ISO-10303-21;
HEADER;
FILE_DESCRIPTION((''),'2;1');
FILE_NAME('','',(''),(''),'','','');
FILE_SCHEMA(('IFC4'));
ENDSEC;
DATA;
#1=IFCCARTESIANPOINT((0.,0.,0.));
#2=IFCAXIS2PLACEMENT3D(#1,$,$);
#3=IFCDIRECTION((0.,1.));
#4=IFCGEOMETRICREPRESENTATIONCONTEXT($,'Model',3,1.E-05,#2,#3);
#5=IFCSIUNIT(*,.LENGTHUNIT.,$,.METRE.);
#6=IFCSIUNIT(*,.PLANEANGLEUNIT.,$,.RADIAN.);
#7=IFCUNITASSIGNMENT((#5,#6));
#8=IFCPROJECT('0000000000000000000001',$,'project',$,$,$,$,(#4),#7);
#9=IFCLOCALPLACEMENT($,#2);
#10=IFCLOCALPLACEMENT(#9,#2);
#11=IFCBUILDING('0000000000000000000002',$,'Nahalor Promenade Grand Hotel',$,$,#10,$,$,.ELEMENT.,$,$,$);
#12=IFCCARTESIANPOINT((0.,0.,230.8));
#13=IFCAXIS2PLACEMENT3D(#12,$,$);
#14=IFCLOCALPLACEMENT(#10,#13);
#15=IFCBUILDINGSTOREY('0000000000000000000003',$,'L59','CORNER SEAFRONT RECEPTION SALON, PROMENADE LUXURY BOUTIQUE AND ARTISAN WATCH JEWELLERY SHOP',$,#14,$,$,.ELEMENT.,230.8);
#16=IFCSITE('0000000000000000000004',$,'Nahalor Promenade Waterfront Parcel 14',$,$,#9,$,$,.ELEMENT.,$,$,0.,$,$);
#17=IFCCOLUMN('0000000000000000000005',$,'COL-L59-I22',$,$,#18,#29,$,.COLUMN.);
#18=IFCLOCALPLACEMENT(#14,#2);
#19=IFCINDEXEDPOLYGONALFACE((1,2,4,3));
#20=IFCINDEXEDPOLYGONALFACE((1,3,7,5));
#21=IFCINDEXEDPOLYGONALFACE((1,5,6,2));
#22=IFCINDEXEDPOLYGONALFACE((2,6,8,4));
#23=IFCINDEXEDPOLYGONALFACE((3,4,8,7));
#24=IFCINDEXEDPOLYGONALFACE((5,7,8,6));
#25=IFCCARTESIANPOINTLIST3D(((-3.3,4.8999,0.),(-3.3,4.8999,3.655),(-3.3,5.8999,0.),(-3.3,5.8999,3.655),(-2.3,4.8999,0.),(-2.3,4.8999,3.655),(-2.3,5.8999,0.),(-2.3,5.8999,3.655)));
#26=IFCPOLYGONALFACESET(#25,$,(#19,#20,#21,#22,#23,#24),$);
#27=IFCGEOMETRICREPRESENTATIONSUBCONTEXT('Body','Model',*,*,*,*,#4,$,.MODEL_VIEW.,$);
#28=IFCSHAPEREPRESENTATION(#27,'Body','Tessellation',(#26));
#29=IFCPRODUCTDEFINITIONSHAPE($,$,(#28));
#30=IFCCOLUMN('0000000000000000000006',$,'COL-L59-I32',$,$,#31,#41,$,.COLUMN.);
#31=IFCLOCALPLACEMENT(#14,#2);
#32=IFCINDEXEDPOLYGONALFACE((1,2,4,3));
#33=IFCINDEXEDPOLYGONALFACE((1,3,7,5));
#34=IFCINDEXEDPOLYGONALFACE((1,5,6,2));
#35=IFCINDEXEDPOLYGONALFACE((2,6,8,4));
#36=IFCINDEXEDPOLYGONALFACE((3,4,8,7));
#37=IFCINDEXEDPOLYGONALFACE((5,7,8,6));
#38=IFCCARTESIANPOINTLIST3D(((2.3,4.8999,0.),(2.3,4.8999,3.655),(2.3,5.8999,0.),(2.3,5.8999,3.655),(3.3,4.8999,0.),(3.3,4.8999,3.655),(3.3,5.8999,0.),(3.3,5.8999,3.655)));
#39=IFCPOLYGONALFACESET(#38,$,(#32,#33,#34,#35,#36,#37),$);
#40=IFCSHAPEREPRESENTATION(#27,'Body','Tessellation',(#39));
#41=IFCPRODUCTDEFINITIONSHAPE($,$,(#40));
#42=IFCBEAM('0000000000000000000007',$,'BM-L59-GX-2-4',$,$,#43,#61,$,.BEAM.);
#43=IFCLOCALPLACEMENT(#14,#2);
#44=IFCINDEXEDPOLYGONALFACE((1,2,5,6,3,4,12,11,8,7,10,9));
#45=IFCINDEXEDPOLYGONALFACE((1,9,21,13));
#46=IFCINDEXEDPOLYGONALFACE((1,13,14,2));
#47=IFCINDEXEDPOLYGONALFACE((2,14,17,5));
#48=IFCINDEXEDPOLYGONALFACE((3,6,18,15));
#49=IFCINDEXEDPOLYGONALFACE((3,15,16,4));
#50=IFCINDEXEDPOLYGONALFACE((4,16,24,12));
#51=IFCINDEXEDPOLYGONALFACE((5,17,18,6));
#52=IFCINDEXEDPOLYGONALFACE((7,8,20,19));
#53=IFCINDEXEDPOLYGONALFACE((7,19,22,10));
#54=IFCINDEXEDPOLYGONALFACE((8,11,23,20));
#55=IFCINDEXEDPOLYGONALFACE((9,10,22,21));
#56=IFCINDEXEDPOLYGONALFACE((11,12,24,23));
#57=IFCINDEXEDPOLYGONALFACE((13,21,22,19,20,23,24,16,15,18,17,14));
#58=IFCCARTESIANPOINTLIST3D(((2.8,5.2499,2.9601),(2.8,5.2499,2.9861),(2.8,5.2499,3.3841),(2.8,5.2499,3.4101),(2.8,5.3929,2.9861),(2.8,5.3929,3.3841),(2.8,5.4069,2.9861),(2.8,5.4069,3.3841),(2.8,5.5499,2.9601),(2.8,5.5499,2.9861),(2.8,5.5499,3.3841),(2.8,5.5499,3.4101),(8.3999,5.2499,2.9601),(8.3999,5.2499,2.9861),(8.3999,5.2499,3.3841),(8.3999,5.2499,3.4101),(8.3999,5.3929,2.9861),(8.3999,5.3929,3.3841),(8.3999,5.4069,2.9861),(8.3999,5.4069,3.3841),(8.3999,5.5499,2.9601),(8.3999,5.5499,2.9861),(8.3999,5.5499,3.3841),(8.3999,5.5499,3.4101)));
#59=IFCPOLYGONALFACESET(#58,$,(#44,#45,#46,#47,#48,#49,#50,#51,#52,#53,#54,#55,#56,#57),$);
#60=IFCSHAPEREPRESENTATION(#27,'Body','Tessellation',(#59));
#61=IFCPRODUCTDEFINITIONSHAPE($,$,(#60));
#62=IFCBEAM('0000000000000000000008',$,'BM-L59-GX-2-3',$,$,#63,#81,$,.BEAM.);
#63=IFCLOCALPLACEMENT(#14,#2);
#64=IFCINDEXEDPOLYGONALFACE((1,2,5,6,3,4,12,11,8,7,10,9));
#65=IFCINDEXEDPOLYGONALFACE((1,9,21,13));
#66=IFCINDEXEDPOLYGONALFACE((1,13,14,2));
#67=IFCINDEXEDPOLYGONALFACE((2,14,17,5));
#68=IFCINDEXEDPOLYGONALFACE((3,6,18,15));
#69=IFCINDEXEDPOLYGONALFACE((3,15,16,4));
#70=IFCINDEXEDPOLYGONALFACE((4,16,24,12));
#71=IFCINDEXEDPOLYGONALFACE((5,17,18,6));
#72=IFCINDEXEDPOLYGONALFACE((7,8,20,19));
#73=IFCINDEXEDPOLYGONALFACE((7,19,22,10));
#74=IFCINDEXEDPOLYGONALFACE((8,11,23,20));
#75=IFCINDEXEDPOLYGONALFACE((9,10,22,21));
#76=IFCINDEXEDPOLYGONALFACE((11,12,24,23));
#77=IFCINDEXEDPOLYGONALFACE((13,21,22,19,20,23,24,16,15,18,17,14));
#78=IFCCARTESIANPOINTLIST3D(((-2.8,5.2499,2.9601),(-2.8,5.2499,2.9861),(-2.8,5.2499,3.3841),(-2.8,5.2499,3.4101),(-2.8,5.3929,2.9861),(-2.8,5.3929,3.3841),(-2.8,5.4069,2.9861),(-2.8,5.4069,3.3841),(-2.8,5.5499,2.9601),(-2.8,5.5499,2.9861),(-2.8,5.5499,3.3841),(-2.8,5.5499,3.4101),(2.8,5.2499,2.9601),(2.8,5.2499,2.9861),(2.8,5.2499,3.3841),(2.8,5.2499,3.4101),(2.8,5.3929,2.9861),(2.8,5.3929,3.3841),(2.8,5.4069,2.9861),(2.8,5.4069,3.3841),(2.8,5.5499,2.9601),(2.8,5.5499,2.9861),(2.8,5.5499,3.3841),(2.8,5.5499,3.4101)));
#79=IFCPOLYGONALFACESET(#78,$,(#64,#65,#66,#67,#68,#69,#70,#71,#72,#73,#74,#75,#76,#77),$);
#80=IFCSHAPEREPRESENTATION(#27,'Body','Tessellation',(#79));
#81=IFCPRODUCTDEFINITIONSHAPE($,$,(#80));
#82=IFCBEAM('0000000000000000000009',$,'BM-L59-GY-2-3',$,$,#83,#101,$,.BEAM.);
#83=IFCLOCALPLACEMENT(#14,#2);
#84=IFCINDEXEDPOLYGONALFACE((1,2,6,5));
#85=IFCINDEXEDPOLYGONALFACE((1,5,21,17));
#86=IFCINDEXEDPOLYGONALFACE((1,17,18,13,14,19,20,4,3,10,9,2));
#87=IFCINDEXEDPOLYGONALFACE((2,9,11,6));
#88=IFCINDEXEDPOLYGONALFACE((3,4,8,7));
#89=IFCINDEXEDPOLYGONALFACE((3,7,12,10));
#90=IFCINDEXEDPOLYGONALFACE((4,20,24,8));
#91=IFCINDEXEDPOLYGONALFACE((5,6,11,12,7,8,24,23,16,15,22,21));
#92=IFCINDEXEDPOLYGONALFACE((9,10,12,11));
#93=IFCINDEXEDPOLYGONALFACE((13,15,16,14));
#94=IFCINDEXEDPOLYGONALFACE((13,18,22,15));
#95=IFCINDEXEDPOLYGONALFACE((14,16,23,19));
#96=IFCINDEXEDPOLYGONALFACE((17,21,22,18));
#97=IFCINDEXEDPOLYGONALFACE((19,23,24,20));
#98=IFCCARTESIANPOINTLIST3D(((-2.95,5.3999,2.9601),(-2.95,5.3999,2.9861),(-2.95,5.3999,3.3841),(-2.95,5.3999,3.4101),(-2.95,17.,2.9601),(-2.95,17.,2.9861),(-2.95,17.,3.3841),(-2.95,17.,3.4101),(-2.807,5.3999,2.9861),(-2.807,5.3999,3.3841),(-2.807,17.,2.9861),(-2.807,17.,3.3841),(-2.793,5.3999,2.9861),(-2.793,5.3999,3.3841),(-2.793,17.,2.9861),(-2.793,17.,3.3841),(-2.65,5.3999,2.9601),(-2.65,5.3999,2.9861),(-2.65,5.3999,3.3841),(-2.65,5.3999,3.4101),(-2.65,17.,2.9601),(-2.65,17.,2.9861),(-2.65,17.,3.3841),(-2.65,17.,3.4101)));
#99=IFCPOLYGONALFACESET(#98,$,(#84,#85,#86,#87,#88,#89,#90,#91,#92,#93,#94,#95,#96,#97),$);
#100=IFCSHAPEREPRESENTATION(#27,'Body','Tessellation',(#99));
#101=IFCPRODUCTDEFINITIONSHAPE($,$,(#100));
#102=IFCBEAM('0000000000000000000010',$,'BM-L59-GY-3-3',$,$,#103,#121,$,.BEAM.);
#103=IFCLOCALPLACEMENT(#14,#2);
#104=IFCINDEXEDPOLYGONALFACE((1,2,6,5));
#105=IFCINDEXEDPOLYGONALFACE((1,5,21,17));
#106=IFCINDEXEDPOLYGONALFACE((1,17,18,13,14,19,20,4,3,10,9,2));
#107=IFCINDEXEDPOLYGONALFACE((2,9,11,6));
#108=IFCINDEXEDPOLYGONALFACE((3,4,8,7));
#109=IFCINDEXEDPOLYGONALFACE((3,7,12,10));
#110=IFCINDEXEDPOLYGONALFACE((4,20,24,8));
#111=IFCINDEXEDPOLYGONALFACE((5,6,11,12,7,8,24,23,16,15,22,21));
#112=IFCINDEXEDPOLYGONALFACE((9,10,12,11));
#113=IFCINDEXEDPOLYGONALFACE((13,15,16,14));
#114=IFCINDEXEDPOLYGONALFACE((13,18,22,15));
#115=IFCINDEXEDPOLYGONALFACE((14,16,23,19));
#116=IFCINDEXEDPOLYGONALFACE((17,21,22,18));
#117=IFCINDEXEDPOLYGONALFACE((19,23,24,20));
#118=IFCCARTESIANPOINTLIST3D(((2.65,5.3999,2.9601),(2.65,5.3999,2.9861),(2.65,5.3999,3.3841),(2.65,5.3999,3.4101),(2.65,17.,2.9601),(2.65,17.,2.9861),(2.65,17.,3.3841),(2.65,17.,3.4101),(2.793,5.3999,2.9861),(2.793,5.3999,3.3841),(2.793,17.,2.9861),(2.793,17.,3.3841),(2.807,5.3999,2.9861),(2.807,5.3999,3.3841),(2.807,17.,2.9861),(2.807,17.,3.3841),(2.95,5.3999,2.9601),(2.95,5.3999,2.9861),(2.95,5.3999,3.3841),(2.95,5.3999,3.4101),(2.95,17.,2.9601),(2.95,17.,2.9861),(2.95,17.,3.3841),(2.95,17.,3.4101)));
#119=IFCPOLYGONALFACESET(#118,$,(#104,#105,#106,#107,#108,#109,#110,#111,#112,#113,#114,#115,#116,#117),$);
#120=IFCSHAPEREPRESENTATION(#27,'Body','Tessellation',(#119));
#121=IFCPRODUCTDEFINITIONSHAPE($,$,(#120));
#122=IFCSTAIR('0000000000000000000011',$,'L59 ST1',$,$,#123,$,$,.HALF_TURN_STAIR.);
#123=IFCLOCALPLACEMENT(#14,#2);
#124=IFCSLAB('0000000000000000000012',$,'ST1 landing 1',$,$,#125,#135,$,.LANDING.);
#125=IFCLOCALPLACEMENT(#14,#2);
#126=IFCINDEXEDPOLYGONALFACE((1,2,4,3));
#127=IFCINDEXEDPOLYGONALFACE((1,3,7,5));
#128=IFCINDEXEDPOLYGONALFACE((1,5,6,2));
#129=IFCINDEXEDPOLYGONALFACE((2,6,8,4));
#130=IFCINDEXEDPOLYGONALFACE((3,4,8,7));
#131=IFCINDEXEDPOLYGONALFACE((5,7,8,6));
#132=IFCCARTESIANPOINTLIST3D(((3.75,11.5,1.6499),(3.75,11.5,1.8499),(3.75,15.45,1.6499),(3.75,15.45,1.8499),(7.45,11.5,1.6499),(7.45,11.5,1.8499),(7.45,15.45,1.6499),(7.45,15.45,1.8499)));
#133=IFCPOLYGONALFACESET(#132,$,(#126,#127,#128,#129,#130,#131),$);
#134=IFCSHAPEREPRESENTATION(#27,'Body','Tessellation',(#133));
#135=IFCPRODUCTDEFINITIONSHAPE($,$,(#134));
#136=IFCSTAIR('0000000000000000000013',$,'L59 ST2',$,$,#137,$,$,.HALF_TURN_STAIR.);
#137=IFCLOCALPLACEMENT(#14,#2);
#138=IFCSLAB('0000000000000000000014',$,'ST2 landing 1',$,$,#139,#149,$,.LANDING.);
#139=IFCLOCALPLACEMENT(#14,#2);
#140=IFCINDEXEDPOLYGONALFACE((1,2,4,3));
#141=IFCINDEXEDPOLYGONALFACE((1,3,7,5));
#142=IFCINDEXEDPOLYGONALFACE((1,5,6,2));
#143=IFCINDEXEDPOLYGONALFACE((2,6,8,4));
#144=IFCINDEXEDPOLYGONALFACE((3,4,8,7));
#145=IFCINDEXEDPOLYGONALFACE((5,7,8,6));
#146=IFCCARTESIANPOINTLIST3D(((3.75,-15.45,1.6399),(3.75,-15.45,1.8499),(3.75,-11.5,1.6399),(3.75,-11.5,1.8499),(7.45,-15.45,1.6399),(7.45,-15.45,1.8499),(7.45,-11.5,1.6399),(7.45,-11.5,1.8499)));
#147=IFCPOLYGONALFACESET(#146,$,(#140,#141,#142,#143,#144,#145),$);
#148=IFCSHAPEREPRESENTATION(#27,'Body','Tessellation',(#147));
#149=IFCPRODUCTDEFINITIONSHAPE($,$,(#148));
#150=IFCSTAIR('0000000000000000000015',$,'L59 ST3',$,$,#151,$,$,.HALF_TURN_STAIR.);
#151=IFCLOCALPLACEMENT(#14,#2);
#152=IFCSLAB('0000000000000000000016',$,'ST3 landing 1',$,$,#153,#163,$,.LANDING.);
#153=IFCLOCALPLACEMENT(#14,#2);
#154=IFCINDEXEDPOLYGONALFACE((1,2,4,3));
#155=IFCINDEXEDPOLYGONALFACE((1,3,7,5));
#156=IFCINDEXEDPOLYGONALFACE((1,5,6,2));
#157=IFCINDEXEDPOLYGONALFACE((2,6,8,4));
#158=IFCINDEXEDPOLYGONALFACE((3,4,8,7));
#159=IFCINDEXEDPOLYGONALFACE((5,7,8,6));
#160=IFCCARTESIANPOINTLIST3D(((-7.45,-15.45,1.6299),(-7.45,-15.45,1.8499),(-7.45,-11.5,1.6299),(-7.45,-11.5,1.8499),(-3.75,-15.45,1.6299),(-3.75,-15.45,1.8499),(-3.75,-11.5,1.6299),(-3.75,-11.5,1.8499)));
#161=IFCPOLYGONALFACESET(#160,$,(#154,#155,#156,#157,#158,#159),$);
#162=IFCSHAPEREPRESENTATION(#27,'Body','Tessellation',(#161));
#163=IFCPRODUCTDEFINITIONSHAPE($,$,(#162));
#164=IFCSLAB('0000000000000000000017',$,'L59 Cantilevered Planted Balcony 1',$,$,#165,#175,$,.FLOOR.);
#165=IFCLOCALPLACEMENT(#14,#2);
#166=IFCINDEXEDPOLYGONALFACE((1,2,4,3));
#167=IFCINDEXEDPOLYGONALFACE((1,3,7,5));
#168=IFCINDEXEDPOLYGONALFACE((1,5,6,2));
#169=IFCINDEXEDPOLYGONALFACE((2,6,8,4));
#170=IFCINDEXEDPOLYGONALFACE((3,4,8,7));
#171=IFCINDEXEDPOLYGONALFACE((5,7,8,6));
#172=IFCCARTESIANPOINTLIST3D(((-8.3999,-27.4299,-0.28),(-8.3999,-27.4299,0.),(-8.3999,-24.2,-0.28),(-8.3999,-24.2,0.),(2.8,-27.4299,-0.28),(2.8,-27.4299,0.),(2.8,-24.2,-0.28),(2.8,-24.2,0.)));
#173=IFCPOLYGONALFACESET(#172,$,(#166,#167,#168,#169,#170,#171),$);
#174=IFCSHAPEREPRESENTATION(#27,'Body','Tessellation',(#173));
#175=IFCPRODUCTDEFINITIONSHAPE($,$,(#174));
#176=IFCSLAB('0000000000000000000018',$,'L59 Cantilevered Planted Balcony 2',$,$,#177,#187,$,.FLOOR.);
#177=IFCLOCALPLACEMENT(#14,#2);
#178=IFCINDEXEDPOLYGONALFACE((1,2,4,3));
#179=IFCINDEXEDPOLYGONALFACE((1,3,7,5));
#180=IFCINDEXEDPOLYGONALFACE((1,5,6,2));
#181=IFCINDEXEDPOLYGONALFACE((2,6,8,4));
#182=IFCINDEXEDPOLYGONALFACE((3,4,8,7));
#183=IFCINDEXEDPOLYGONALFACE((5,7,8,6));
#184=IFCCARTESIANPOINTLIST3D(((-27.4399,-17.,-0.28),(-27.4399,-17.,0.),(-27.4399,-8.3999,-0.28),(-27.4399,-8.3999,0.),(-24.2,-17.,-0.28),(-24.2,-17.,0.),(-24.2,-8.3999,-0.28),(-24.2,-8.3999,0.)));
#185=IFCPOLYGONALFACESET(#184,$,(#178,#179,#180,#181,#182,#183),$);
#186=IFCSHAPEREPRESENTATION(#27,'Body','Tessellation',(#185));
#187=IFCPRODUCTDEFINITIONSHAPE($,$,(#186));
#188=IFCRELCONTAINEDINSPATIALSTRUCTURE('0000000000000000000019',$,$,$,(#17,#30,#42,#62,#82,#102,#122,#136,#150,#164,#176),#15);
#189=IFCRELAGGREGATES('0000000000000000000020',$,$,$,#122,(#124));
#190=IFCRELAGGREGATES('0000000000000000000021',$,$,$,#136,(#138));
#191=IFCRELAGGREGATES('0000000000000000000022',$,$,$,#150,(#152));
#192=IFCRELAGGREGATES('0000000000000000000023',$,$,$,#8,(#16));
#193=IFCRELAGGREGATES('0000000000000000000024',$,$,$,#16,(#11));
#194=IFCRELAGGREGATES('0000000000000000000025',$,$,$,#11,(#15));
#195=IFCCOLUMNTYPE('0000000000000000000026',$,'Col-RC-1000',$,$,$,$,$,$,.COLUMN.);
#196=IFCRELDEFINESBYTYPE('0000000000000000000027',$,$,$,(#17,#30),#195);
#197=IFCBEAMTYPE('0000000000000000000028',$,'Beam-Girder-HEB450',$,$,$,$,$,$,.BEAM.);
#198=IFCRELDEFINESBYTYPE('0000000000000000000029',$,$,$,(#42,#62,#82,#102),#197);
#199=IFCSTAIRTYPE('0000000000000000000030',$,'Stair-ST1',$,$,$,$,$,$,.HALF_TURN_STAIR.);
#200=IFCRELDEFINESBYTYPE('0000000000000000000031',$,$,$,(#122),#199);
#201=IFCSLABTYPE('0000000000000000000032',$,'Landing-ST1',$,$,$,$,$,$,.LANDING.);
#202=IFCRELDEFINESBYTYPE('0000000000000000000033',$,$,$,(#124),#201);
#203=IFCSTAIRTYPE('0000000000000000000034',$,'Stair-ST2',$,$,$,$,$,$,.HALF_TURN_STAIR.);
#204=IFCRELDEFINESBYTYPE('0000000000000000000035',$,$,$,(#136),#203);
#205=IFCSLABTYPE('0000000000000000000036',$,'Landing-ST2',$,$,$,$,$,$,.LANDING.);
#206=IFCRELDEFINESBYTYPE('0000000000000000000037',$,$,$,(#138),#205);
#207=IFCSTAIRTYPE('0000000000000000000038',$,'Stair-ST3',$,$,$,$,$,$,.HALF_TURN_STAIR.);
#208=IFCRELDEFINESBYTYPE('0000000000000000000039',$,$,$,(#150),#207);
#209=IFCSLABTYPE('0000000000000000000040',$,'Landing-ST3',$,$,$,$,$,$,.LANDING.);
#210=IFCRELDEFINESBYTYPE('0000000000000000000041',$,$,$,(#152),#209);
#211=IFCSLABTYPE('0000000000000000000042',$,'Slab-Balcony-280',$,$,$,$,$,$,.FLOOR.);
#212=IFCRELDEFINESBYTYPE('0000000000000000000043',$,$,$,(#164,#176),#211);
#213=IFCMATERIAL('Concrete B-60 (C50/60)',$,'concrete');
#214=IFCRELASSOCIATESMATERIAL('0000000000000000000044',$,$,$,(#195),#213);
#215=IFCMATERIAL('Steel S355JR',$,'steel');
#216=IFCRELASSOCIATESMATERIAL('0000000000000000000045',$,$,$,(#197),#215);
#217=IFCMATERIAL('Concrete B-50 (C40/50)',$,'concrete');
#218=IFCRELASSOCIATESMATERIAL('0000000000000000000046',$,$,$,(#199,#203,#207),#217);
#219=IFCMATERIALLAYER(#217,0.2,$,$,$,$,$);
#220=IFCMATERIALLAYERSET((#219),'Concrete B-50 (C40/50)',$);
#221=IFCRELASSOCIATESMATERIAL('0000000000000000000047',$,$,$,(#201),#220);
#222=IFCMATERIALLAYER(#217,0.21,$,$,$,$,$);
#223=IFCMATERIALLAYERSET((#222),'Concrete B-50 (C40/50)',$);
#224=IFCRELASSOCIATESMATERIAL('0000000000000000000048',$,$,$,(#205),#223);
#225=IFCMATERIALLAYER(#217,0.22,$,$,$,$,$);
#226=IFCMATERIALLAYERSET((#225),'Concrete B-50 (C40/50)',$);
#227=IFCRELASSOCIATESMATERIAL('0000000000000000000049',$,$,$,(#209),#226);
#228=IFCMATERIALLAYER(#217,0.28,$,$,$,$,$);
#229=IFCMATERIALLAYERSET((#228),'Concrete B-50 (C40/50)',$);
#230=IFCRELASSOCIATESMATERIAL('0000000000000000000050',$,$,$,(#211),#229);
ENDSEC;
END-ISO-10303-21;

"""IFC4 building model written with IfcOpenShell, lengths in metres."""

from ifc_helpers import new_model, si_unit, direction, frame, origin, origin_2d, place, context, subcontext, project, spatial, polyline, rectangle, i_section, outline, extrude, source, transform, mapped, material, layer, layer_set, material_profile, profile_set, type_object, element, aggregate, save


model = new_model("IFC4")

# Units and contexts
model_context = context("Model", 3, precision=1e-05, world=origin(), true_north=direction((0.0, 1.0)))
body_context = subcontext(model_context, "Body", "Model", "MODEL_VIEW")
ifc_project = project(units=[si_unit("LENGTHUNIT", "METRE"), si_unit("PLANEANGLEUNIT", "RADIAN")], contexts=[model_context])

# Site, building, storey
site_placement = place(None, origin())
site = spatial("IfcSite", under=ifc_project, at=site_placement, Name="Nahalor Promenade Waterfront Parcel 14", CompositionType="ELEMENT", RefElevation=0.0)
building_placement = place(site_placement, origin())
building = spatial("IfcBuilding", under=site, at=building_placement, Name="Nahalor Promenade Grand Hotel", CompositionType="ELEMENT")
storey_placement = place(building_placement, frame((0.0, 0.0, 230.8)))
storey = spatial("IfcBuildingStorey", under=building, at=storey_placement, Name="L59", Description="CORNER SEAFRONT RECEPTION SALON, PROMENADE LUXURY BOUTIQUE AND ARTISAN WATCH JEWELLERY SHOP", CompositionType="ELEMENT", Elevation=230.8)

# Columns
ifc_material_1 = material(Name="Concrete B-60 (C50/60)", Category="concrete")
ifc_material_profile_1 = material_profile(ifc_material_1, rectangle(XDim=1.0, YDim=1.0, at=origin_2d()), Name="RC 1000x1000")
ifc_profile_set_1 = profile_set([ifc_material_profile_1], Name="Concrete B-60 (C50/60)")
column_type = type_object("IfcColumnType", Name="Col-RC-1000", PredefinedType="COLUMN", material=ifc_profile_set_1)
shared_shape_1 = source(origin(), body_context, "Body", "SweptSolid", [
    extrude(rectangle(XDim=1.0, YDim=1.0, at=origin_2d()), origin(), (0.0, 0.0, 1.0), 3.655),
])
for number, where, z_axis, x_axis, name in (
    (1, (-2.8, 5.3999, 0.0), (0.0, 0.0, 1.0), (1.0, 0.0, 0.0), "COL-L59-I22"),
    (2, (2.8, 5.3999, 0.0), (0.0, 0.0, 1.0), (1.0, 0.0, 0.0), "COL-L59-I32"),
):
    element("IfcColumn", number, at=place(storey_placement, frame(where, z_axis=z_axis, x_axis=x_axis)), inside=storey, type_object=column_type, Name=name, PredefinedType="COLUMN", context=body_context, shape_type="MappedRepresentation", body=[
        mapped(shared_shape_1, transform((0.0, 0.0, 0.0), scale=1.0)),
    ])

# Beams
ifc_material_2 = material(Name="Steel S355JR", Category="steel")
ifc_material_profile_2 = material_profile(ifc_material_2, i_section(OverallWidth=0.3, OverallDepth=0.45, WebThickness=0.014, FlangeThickness=0.026, at=origin_2d()), Name="HEB 450")
ifc_profile_set_2 = profile_set([ifc_material_profile_2], Name="Steel S355JR")
beam_type = type_object("IfcBeamType", Name="Beam-Girder-HEB450", PredefinedType="BEAM", material=ifc_profile_set_2)
shared_shape_2 = source(origin(), body_context, "Body", "SweptSolid", [
    extrude(i_section(OverallWidth=0.3, OverallDepth=0.45, WebThickness=0.014, FlangeThickness=0.026, at=origin_2d()), origin(), (0.0, 0.0, 1.0), 5.5999),
])
beam_1_placement = place(storey_placement, frame((2.8, 5.3999, 3.1851), z_axis=(1.0, 0.0, 0.0), x_axis=(0.0, 1.0, 0.0)))
element("IfcBeam", 3, at=beam_1_placement, inside=storey, type_object=beam_type, Name="BM-L59-GX-2-4", PredefinedType="BEAM", context=body_context, shape_type="MappedRepresentation", body=[
    mapped(shared_shape_2, transform((0.0, 0.0, 0.0), scale=1.0)),
])
shared_shape_3 = source(origin(), body_context, "Body", "SweptSolid", [
    extrude(i_section(OverallWidth=0.3, OverallDepth=0.45, WebThickness=0.014, FlangeThickness=0.026, at=origin_2d()), origin(), (0.0, 0.0, 1.0), 5.6001),
])
beam_2_placement = place(storey_placement, frame((-2.8, 5.3999, 3.1851), z_axis=(1.0, 0.0, 0.0), x_axis=(0.0, 1.0, 0.0)))
element("IfcBeam", 4, at=beam_2_placement, inside=storey, type_object=beam_type, Name="BM-L59-GX-2-3", PredefinedType="BEAM", context=body_context, shape_type="MappedRepresentation", body=[
    mapped(shared_shape_3, transform((0.0, 0.0, 0.0), scale=1.0)),
])
shared_shape_4 = source(origin(), body_context, "Body", "SweptSolid", [
    extrude(i_section(OverallWidth=0.3, OverallDepth=0.45, WebThickness=0.014, FlangeThickness=0.026, at=origin_2d()), origin(), (0.0, 0.0, 1.0), 11.6001),
])
for number, where, z_axis, x_axis, name in (
    (5, (-2.8, 5.3999, 3.1851), (0.0, 1.0, 0.0), (-1.0, 0.0, 0.0), "BM-L59-GY-2-3"),
    (6, (2.8, 5.3999, 3.1851), (0.0, 1.0, 0.0), (-1.0, 0.0, 0.0), "BM-L59-GY-3-3"),
):
    element("IfcBeam", number, at=place(storey_placement, frame(where, z_axis=z_axis, x_axis=x_axis)), inside=storey, type_object=beam_type, Name=name, PredefinedType="BEAM", context=body_context, shape_type="MappedRepresentation", body=[
        mapped(shared_shape_4, transform((0.0, 0.0, 0.0), scale=1.0)),
    ])

# Stairs, slabs
ifc_material_3 = material(Name="Concrete B-50 (C40/50)", Category="concrete")
stair_type_1 = type_object("IfcStairType", Name="Stair-ST1", PredefinedType="HALF_TURN_STAIR", material=ifc_material_3)
stair_1_placement = place(storey_placement, origin())
stair_1 = element("IfcStair", 7, at=stair_1_placement, inside=storey, type_object=stair_type_1, Name="L59 ST1", PredefinedType="HALF_TURN_STAIR")
ifc_layer_1 = layer(ifc_material_3, 0.2)
ifc_layer_set_1 = layer_set([ifc_layer_1], Name="Concrete B-50 (C40/50)")
slab_type_1 = type_object("IfcSlabType", Name="Landing-ST1", PredefinedType="LANDING", material=ifc_layer_set_1)
slab_1_placement = place(storey_placement, frame((0.0, 0.0, 1.6499)))
slab_1 = element("IfcSlab", 8, at=slab_1_placement, type_object=slab_type_1, Name="ST1 landing 1", PredefinedType="LANDING", context=body_context, shape_type="SweptSolid", body=[
    extrude(outline(polyline([(7.45, 11.5), (7.45, 15.45), (3.75, 15.45), (3.75, 11.5), (7.45, 11.5)])), origin(), (0.0, 0.0, 1.0), 0.2),
])
aggregate(stair_1, [slab_1])
stair_type_2 = type_object("IfcStairType", Name="Stair-ST2", PredefinedType="HALF_TURN_STAIR", material=ifc_material_3)
stair_2_placement = place(storey_placement, origin())
stair_2 = element("IfcStair", 9, at=stair_2_placement, inside=storey, type_object=stair_type_2, Name="L59 ST2", PredefinedType="HALF_TURN_STAIR")
ifc_layer_2 = layer(ifc_material_3, 0.21)
ifc_layer_set_2 = layer_set([ifc_layer_2], Name="Concrete B-50 (C40/50)")
slab_type_2 = type_object("IfcSlabType", Name="Landing-ST2", PredefinedType="LANDING", material=ifc_layer_set_2)
slab_2_placement = place(storey_placement, frame((0.0, 0.0, 1.6399)))
slab_2 = element("IfcSlab", 10, at=slab_2_placement, type_object=slab_type_2, Name="ST2 landing 1", PredefinedType="LANDING", context=body_context, shape_type="SweptSolid", body=[
    extrude(outline(polyline([(3.75, -11.5), (3.75, -15.45), (7.45, -15.45), (7.45, -11.5), (3.75, -11.5)])), origin(), (0.0, 0.0, 1.0), 0.21),
])
aggregate(stair_2, [slab_2])
stair_type_3 = type_object("IfcStairType", Name="Stair-ST3", PredefinedType="HALF_TURN_STAIR", material=ifc_material_3)
stair_3_placement = place(storey_placement, origin())
stair_3 = element("IfcStair", 11, at=stair_3_placement, inside=storey, type_object=stair_type_3, Name="L59 ST3", PredefinedType="HALF_TURN_STAIR")
ifc_layer_3 = layer(ifc_material_3, 0.22)
ifc_layer_set_3 = layer_set([ifc_layer_3], Name="Concrete B-50 (C40/50)")
slab_type_3 = type_object("IfcSlabType", Name="Landing-ST3", PredefinedType="LANDING", material=ifc_layer_set_3)
slab_3_placement = place(storey_placement, frame((0.0, 0.0, 1.6299)))
slab_3 = element("IfcSlab", 12, at=slab_3_placement, type_object=slab_type_3, Name="ST3 landing 1", PredefinedType="LANDING", context=body_context, shape_type="SweptSolid", body=[
    extrude(outline(polyline([(-7.45, -11.5), (-7.45, -15.45), (-3.75, -15.45), (-3.75, -11.5), (-7.45, -11.5)])), origin(), (0.0, 0.0, 1.0), 0.22),
])
aggregate(stair_3, [slab_3])

# Slabs
ifc_layer_4 = layer(ifc_material_3, 0.28)
ifc_layer_set_4 = layer_set([ifc_layer_4], Name="Concrete B-50 (C40/50)")
slab_type_4 = type_object("IfcSlabType", Name="Slab-Balcony-280", PredefinedType="FLOOR", material=ifc_layer_set_4)
slab_4_placement = place(storey_placement, frame((0.0, 0.0, -0.28)))
element("IfcSlab", 13, at=slab_4_placement, inside=storey, type_object=slab_type_4, Name="L59 Cantilevered Planted Balcony 1", PredefinedType="FLOOR", context=body_context, shape_type="SweptSolid", body=[
    extrude(outline(polyline([(-8.3999, -27.4299), (2.8, -27.4299), (2.8, -24.2), (-8.3999, -24.2), (-8.3999, -27.4299)])), origin(), (0.0, 0.0, 1.0), 0.28),
])
slab_5_placement = place(storey_placement, frame((0.0, 0.0, -0.28)))
element("IfcSlab", 14, at=slab_5_placement, inside=storey, type_object=slab_type_4, Name="L59 Cantilevered Planted Balcony 2", PredefinedType="FLOOR", context=body_context, shape_type="SweptSolid", body=[
    extrude(outline(polyline([(-27.4399, -17.0), (-24.2, -17.0), (-24.2, -8.3999), (-27.4399, -8.3999), (-27.4399, -17.0)])), origin(), (0.0, 0.0, 1.0), 0.28),
])

save(model, "model.ifc")
